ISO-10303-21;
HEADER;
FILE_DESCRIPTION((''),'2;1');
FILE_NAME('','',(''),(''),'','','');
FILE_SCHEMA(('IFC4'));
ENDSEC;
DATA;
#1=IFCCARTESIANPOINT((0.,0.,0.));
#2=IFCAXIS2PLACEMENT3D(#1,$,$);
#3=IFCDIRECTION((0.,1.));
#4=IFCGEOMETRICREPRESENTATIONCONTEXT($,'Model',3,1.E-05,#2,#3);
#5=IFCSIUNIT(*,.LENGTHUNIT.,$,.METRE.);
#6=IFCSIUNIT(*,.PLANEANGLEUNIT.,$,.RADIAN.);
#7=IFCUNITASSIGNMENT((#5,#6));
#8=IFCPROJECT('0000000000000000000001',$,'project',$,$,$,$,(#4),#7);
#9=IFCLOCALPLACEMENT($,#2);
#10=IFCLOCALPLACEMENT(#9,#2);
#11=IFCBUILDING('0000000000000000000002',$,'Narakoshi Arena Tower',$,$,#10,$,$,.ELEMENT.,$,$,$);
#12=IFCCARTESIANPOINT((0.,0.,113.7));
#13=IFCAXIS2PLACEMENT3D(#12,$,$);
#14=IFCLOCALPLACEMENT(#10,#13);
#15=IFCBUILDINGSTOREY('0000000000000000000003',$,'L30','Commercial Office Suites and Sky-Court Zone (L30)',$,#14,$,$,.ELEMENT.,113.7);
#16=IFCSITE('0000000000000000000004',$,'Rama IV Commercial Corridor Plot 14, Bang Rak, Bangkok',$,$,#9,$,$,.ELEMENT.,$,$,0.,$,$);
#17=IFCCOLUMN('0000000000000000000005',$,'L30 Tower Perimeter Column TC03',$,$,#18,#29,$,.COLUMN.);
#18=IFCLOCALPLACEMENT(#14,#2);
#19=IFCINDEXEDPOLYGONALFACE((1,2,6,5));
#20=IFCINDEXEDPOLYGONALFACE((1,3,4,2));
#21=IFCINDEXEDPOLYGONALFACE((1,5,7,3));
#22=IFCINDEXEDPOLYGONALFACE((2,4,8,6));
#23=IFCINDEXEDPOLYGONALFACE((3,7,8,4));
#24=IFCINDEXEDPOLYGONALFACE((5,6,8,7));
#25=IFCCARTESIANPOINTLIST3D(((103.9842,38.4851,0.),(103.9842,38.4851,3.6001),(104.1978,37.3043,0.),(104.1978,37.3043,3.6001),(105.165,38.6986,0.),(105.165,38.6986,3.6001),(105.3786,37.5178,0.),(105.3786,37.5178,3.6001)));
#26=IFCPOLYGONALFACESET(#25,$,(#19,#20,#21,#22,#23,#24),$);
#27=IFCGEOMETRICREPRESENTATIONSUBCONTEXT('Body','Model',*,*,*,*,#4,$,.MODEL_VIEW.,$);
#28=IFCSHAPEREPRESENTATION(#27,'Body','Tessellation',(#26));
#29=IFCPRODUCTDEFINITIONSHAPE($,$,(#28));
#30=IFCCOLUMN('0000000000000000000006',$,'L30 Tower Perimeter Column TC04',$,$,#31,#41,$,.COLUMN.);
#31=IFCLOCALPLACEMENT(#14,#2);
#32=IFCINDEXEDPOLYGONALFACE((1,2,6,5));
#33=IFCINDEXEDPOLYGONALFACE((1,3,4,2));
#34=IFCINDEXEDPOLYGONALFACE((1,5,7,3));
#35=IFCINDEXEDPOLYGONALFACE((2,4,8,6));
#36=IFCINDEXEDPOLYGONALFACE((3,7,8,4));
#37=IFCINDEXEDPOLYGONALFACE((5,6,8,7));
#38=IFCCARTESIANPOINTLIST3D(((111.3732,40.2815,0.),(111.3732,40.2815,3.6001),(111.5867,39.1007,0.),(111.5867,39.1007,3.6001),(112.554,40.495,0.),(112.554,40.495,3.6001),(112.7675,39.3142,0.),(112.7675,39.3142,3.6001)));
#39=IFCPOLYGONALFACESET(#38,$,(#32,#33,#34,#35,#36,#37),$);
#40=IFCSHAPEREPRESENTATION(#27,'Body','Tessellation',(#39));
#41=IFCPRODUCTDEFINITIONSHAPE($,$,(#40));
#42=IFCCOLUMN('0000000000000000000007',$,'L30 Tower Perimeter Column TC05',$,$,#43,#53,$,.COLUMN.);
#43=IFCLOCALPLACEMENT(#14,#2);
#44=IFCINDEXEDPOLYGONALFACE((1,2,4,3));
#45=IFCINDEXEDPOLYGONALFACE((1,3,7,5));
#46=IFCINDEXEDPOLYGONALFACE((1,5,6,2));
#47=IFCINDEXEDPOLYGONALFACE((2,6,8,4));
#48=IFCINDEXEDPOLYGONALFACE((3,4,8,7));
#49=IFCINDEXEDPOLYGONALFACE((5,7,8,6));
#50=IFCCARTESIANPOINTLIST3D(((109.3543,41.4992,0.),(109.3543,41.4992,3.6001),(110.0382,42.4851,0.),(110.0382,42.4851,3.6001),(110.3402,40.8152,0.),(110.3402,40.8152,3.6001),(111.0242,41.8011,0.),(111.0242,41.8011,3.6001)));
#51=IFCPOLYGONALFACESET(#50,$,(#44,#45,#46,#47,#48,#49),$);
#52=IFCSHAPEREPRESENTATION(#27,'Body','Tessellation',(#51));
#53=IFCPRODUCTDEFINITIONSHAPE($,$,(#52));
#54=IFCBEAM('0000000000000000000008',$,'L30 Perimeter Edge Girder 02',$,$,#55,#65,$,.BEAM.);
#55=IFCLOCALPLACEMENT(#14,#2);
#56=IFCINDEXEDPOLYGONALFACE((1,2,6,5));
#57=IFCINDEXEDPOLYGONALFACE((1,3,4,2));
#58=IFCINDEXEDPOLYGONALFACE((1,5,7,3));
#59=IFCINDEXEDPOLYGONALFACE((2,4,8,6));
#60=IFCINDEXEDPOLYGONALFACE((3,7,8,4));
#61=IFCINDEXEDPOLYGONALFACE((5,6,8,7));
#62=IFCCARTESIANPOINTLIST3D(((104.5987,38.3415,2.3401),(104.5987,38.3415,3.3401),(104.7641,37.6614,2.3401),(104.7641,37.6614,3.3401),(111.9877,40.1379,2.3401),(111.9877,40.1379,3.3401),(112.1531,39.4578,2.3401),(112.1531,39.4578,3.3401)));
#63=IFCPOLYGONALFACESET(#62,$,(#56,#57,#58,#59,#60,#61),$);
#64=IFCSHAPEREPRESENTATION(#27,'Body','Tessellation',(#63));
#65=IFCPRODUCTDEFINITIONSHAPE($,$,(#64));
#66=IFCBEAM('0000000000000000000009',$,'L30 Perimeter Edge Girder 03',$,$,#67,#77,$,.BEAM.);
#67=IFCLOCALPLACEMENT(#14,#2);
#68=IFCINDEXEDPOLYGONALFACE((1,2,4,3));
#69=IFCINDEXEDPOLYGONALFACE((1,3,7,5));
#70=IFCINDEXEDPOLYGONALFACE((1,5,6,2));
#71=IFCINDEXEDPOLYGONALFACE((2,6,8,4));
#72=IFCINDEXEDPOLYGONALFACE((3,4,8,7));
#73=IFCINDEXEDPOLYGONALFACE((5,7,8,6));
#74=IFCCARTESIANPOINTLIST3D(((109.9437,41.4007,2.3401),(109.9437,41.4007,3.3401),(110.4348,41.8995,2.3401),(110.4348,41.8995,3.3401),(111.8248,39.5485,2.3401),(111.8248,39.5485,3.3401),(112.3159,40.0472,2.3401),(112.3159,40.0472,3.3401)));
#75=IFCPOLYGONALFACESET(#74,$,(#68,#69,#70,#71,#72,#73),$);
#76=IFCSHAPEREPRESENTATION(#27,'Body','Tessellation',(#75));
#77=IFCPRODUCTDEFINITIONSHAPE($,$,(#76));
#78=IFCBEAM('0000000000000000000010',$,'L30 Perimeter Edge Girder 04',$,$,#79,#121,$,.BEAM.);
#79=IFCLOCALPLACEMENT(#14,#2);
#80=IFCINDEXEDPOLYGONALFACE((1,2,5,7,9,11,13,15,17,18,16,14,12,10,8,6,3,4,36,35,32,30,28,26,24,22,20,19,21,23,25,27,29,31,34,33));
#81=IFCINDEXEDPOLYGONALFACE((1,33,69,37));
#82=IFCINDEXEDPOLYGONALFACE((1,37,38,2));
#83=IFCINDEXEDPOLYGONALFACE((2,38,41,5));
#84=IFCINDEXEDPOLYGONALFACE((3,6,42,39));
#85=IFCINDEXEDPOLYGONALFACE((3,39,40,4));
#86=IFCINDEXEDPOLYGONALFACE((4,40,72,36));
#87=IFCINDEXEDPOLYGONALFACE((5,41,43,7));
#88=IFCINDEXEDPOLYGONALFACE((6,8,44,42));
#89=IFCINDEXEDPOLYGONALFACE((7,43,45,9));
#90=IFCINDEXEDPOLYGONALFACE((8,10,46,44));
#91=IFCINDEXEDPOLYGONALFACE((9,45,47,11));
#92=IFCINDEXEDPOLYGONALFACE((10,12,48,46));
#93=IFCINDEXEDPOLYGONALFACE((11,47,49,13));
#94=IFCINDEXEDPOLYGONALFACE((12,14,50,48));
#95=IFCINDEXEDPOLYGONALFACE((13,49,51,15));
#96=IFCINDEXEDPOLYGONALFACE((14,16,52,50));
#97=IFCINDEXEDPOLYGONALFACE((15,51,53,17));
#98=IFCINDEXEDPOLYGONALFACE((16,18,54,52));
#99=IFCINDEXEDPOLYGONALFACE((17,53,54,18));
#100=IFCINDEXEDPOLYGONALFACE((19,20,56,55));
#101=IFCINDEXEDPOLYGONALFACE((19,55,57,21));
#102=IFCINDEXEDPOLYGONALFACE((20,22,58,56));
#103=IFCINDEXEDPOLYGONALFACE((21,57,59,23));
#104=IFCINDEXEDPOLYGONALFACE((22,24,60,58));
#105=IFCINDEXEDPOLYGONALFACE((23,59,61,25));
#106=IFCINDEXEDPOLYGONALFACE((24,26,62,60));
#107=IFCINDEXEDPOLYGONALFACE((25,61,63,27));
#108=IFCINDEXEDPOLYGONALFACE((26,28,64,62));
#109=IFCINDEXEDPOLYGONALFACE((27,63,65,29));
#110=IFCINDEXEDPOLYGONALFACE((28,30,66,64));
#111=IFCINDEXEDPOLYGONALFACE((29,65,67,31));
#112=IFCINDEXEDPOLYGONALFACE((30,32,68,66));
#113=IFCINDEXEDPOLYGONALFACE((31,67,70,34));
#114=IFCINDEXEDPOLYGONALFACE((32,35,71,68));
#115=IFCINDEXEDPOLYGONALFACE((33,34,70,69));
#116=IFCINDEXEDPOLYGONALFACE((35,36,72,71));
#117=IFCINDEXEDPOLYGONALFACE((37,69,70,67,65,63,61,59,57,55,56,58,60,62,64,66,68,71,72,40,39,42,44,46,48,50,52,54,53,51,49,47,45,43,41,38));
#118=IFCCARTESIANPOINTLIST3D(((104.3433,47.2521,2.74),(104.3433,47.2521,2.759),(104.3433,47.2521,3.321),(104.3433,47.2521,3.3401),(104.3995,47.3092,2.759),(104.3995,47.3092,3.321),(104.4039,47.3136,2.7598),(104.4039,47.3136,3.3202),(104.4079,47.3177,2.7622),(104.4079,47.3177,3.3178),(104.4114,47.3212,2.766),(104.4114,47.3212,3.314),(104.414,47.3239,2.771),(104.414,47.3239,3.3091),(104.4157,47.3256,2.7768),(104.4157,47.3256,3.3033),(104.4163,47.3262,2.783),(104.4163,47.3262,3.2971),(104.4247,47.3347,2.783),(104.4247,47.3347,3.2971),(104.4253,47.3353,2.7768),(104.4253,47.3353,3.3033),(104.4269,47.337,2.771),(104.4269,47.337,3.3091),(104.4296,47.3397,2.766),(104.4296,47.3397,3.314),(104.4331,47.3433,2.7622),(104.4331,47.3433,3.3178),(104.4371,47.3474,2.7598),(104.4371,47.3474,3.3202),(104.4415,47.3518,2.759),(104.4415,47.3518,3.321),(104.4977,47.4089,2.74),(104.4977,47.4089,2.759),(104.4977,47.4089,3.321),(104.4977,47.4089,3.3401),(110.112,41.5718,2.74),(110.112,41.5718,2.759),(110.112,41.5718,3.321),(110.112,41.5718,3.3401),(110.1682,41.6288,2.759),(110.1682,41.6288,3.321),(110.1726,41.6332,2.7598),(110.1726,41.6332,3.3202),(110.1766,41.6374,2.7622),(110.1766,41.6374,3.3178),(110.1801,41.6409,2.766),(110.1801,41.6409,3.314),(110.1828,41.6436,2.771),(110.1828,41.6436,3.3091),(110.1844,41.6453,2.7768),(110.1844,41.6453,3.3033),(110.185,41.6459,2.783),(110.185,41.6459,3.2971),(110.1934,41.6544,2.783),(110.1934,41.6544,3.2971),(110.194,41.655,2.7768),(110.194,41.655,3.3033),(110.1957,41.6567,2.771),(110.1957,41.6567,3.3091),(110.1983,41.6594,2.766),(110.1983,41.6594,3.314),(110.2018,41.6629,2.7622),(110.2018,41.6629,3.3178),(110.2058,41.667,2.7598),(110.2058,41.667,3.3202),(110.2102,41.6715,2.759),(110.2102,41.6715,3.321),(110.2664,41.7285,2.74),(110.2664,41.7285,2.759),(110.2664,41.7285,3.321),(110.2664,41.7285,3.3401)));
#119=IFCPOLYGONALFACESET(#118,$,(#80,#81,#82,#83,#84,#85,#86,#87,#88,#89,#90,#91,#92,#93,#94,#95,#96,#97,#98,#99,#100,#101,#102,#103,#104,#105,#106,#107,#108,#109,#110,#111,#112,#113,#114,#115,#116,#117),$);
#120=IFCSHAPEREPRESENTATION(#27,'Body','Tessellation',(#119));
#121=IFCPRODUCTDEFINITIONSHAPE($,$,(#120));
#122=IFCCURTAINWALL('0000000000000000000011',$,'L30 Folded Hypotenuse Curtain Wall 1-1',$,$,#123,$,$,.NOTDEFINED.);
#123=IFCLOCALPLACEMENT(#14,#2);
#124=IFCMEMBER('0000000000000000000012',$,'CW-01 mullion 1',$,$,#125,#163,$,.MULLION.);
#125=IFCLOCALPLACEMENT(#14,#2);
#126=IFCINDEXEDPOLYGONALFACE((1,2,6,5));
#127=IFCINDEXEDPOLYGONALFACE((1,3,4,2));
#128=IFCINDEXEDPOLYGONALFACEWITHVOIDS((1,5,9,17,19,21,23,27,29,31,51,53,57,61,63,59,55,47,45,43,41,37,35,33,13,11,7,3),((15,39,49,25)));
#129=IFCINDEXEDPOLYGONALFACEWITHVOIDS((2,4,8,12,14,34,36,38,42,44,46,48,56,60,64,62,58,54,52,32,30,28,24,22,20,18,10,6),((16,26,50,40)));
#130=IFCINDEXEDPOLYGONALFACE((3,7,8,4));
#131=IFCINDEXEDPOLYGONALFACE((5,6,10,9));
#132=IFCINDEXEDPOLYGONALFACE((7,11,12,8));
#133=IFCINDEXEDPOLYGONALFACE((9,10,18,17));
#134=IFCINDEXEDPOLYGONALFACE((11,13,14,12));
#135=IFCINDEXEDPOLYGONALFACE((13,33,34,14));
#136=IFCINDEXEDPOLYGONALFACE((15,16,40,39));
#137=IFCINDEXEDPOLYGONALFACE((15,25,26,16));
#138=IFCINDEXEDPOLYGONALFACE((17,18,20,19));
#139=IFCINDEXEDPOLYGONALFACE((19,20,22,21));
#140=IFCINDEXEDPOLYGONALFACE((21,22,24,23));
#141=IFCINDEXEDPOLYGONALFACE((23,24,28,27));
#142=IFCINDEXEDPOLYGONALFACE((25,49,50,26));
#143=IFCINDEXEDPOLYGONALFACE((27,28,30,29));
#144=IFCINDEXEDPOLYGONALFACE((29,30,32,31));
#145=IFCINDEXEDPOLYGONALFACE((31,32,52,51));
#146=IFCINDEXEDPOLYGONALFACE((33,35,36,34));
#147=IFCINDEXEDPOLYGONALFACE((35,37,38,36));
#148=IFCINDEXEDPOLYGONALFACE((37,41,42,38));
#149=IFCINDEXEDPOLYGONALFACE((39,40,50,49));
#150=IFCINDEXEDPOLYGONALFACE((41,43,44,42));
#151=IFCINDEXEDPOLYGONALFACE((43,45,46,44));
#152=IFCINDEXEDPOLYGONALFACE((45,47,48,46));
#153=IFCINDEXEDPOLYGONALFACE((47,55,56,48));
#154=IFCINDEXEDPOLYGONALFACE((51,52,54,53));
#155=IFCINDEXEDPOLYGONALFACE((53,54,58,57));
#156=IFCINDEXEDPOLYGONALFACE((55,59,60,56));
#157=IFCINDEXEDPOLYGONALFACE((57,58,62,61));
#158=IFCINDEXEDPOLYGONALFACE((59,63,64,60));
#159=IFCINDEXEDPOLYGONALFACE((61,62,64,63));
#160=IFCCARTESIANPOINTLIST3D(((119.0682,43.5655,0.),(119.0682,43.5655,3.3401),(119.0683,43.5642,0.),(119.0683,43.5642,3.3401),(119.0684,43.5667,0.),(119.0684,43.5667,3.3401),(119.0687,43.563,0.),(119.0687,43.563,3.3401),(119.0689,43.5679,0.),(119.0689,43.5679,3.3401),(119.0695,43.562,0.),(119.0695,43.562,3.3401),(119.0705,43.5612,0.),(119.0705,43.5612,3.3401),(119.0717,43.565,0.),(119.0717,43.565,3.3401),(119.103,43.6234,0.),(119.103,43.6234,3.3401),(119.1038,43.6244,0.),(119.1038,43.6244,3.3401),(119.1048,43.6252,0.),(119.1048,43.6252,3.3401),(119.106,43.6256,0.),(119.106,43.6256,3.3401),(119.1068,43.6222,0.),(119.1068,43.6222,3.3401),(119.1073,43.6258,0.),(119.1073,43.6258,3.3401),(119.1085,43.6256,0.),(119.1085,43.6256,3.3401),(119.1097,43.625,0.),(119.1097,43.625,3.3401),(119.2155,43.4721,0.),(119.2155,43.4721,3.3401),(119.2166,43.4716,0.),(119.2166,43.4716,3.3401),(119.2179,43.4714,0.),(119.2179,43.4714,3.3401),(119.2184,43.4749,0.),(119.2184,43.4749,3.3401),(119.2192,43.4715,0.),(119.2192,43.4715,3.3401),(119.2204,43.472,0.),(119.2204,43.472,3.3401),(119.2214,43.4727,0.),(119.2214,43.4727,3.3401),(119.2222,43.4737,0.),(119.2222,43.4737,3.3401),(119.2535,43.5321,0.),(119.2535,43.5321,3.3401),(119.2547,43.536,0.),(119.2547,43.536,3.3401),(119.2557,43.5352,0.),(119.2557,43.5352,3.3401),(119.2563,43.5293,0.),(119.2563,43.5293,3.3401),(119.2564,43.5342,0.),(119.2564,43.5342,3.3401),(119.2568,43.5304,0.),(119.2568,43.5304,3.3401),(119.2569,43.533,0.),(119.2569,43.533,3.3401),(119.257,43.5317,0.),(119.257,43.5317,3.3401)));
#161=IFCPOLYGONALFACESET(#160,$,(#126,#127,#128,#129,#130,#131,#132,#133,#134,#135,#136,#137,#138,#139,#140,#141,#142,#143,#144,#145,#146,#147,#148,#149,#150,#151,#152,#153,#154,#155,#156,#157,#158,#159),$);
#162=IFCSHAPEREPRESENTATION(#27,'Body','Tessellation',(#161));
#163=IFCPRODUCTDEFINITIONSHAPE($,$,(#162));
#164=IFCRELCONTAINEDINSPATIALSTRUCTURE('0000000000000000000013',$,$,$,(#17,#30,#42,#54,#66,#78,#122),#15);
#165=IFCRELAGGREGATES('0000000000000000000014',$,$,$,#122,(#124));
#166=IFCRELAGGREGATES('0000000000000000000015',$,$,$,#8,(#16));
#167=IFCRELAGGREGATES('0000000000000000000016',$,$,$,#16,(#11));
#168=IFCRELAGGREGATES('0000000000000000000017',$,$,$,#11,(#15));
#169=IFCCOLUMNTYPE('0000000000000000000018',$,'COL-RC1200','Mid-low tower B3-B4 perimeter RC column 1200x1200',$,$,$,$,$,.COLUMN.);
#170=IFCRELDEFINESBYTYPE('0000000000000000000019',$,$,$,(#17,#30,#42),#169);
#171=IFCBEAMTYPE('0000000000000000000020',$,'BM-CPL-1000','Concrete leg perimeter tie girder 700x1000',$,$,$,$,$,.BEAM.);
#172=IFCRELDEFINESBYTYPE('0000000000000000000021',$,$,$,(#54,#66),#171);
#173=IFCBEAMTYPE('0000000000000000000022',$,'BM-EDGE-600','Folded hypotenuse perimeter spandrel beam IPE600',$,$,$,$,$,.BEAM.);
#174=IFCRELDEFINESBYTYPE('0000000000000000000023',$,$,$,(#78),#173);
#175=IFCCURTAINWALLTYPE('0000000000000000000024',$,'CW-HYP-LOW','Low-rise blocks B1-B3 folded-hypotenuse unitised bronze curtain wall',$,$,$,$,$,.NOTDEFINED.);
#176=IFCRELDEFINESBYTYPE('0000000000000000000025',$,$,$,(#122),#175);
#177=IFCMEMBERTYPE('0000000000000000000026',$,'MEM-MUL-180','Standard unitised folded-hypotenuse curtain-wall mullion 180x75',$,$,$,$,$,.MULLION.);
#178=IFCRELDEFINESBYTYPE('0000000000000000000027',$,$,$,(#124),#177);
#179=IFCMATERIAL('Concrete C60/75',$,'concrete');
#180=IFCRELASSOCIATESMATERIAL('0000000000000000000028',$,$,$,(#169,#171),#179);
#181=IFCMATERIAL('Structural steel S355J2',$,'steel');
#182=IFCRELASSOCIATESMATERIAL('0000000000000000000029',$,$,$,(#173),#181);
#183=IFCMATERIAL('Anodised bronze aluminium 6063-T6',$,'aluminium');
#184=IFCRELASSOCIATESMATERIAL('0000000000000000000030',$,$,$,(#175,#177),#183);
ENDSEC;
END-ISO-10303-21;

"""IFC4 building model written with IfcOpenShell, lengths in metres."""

from ifc_helpers import new_model, si_unit, direction, frame, origin, origin_2d, place, context, subcontext, project, spatial, rectangle, hollow_rectangle, i_section, extrude, material, material_profile, profile_set, type_object, element, aggregate, save


model = new_model("IFC4")

# Units and contexts
model_context = context("Model", 3, precision=1e-05, world=origin(), true_north=direction((0.0, 1.0)))
body_context = subcontext(model_context, "Body", "Model", "MODEL_VIEW")
ifc_project = project(units=[si_unit("LENGTHUNIT", "METRE"), si_unit("PLANEANGLEUNIT", "RADIAN")], contexts=[model_context])

# Site, building, storey
site_placement = place(None, origin())
site = spatial("IfcSite", under=ifc_project, at=site_placement, Name="Rama IV Commercial Corridor Plot 14, Bang Rak, Bangkok", CompositionType="ELEMENT", RefElevation=0.0)
building_placement = place(site_placement, origin())
building = spatial("IfcBuilding", under=site, at=building_placement, Name="Narakoshi Arena Tower", CompositionType="ELEMENT")
storey_placement = place(building_placement, frame((0.0, 0.0, 113.7)))
storey = spatial("IfcBuildingStorey", under=building, at=storey_placement, Name="L30", Description="Commercial Office Suites and Sky-Court Zone (L30)", CompositionType="ELEMENT", Elevation=113.7)

# Columns
ifc_material_1 = material(Name="Concrete C60/75", Category="concrete")
ifc_material_profile_1 = material_profile(ifc_material_1, rectangle(XDim=1.2, YDim=1.2, at=origin_2d()), Name="RC1200x1200")
ifc_profile_set_1 = profile_set([ifc_material_profile_1], Name="Concrete C60/75")
column_type = type_object("IfcColumnType", Name="COL-RC1200", Description="Mid-low tower B3-B4 perimeter RC column 1200x1200", PredefinedType="COLUMN", material=ifc_profile_set_1)
for number, where, z_axis, x_axis, name in (
    (1, (104.6814, 38.0015, 0.0), (0.0, 0.0, 1.0), (0.984041, 0.177944, 0.0), "L30 Tower Perimeter Column TC03"),
    (2, (112.0703, 39.7979, 0.0), (0.0, 0.0, 1.0), (0.984041, 0.177944, 0.0), "L30 Tower Perimeter Column TC04"),
    (3, (110.1892, 41.6501, 0.0), (0.0, 0.0, 1.0), (0.569997, 0.821647, 0.0), "L30 Tower Perimeter Column TC05"),
):
    element("IfcColumn", number, at=place(storey_placement, frame(where, z_axis=z_axis, x_axis=x_axis)), inside=storey, type_object=column_type, Name=name, PredefinedType="COLUMN", context=body_context, shape_type="SweptSolid", body=[
        extrude(rectangle(XDim=1.2, YDim=1.2, at=origin_2d()), origin(), (0.0, 0.0, 1.0), 3.6001),
    ])

# Beams
ifc_material_profile_2 = material_profile(ifc_material_1, rectangle(XDim=0.7, YDim=1.0, at=origin_2d()), Name="RCB700x1000")
ifc_profile_set_2 = profile_set([ifc_material_profile_2], Name="Concrete C60/75")
beam_type_1 = type_object("IfcBeamType", Name="BM-CPL-1000", Description="Concrete leg perimeter tie girder 700x1000", PredefinedType="BEAM", material=ifc_profile_set_2)
beam_1_placement = place(storey_placement, frame((104.6814, 38.0015, 2.8401), z_axis=(0.971695, 0.236238, 0.0), x_axis=(-0.236238, 0.971695, 0.0)))
element("IfcBeam", 4, at=beam_1_placement, inside=storey, type_object=beam_type_1, Name="L30 Perimeter Edge Girder 02", PredefinedType="BEAM", context=body_context, shape_type="SweptSolid", body=[
    extrude(rectangle(XDim=0.7, YDim=1.0, at=origin_2d()), origin(), (0.0, 0.0, 1.0), 7.6042),
])
beam_2_placement = place(storey_placement, frame((112.0703, 39.7979, 2.8401), z_axis=(-0.712542, 0.70163, 0.0), x_axis=(-0.70163, -0.712542, 0.0)))
element("IfcBeam", 5, at=beam_2_placement, inside=storey, type_object=beam_type_1, Name="L30 Perimeter Edge Girder 03", PredefinedType="BEAM", context=body_context, shape_type="SweptSolid", body=[
    extrude(rectangle(XDim=0.7, YDim=1.0, at=origin_2d()), origin(), (0.0, 0.0, 1.0), 2.6399),
])
ifc_material_2 = material(Name="Structural steel S355J2", Category="steel")
ifc_material_profile_3 = material_profile(ifc_material_2, i_section(OverallWidth=0.22, OverallDepth=0.6001, WebThickness=0.012, FlangeThickness=0.019, FilletRadius=0.0239, at=origin_2d()), Name="IPE600")
ifc_profile_set_3 = profile_set([ifc_material_profile_3], Name="Structural steel S355J2")
beam_type_2 = type_object("IfcBeamType", Name="BM-EDGE-600", Description="Folded hypotenuse perimeter spandrel beam IPE600", PredefinedType="BEAM", material=ifc_profile_set_3)
beam_3_placement = place(storey_placement, frame((110.1892, 41.6501, 3.04), z_axis=(-0.712544, 0.701628, 0.0), x_axis=(-0.701628, -0.712544, 0.0)))
element("IfcBeam", 6, at=beam_3_placement, inside=storey, type_object=beam_type_2, Name="L30 Perimeter Edge Girder 04", PredefinedType="BEAM", context=body_context, shape_type="SweptSolid", body=[
    extrude(i_section(OverallWidth=0.22, OverallDepth=0.6001, WebThickness=0.012, FlangeThickness=0.019, FilletRadius=0.0239, at=origin_2d()), origin(), (0.0, 0.0, 1.0), 8.0959),
])

# Curtain wall, member
ifc_material_3 = material(Name="Anodised bronze aluminium 6063-T6", Category="aluminium")
curtain_wall_type = type_object("IfcCurtainWallType", Name="CW-HYP-LOW", Description="Low-rise blocks B1-B3 folded-hypotenuse unitised bronze curtain wall", PredefinedType="NOTDEFINED", material=ifc_material_3)
curtain_wall_placement = place(storey_placement, origin())
curtain_wall = element("IfcCurtainWall", 7, at=curtain_wall_placement, inside=storey, type_object=curtain_wall_type, Name="L30 Folded Hypotenuse Curtain Wall 1-1", PredefinedType="NOTDEFINED")
ifc_material_profile_4 = material_profile(ifc_material_3, hollow_rectangle(XDim=0.075, YDim=0.1799, WallThickness=0.0039, OuterFilletRadius=0.0049, at=origin_2d()), Name="MUL180x75x4")
ifc_profile_set_4 = profile_set([ifc_material_profile_4], Name="Anodised bronze aluminium 6063-T6")
member_type_1 = type_object("IfcMemberType", Name="MEM-MUL-180", Description="Standard unitised folded-hypotenuse curtain-wall mullion 180x75", PredefinedType="MULLION", material=ifc_profile_set_4)
member_1_placement = place(storey_placement, frame((119.1626, 43.5486, 0.0), z_axis=(0.0, 0.0, 1.0), x_axis=(-0.523358, -0.852113, 0.0)))
member_1 = element("IfcMember", 8, at=member_1_placement, type_object=member_type_1, Name="CW-01 mullion 1", PredefinedType="MULLION", context=body_context, shape_type="SweptSolid", body=[
    extrude(hollow_rectangle(XDim=0.075, YDim=0.1799, WallThickness=0.0039, OuterFilletRadius=0.0049, at=origin_2d()), origin(), (0.0, 0.0, 1.0), 3.3401),
])
aggregate(curtain_wall, [member_1])

save(model, "model.ifc")
